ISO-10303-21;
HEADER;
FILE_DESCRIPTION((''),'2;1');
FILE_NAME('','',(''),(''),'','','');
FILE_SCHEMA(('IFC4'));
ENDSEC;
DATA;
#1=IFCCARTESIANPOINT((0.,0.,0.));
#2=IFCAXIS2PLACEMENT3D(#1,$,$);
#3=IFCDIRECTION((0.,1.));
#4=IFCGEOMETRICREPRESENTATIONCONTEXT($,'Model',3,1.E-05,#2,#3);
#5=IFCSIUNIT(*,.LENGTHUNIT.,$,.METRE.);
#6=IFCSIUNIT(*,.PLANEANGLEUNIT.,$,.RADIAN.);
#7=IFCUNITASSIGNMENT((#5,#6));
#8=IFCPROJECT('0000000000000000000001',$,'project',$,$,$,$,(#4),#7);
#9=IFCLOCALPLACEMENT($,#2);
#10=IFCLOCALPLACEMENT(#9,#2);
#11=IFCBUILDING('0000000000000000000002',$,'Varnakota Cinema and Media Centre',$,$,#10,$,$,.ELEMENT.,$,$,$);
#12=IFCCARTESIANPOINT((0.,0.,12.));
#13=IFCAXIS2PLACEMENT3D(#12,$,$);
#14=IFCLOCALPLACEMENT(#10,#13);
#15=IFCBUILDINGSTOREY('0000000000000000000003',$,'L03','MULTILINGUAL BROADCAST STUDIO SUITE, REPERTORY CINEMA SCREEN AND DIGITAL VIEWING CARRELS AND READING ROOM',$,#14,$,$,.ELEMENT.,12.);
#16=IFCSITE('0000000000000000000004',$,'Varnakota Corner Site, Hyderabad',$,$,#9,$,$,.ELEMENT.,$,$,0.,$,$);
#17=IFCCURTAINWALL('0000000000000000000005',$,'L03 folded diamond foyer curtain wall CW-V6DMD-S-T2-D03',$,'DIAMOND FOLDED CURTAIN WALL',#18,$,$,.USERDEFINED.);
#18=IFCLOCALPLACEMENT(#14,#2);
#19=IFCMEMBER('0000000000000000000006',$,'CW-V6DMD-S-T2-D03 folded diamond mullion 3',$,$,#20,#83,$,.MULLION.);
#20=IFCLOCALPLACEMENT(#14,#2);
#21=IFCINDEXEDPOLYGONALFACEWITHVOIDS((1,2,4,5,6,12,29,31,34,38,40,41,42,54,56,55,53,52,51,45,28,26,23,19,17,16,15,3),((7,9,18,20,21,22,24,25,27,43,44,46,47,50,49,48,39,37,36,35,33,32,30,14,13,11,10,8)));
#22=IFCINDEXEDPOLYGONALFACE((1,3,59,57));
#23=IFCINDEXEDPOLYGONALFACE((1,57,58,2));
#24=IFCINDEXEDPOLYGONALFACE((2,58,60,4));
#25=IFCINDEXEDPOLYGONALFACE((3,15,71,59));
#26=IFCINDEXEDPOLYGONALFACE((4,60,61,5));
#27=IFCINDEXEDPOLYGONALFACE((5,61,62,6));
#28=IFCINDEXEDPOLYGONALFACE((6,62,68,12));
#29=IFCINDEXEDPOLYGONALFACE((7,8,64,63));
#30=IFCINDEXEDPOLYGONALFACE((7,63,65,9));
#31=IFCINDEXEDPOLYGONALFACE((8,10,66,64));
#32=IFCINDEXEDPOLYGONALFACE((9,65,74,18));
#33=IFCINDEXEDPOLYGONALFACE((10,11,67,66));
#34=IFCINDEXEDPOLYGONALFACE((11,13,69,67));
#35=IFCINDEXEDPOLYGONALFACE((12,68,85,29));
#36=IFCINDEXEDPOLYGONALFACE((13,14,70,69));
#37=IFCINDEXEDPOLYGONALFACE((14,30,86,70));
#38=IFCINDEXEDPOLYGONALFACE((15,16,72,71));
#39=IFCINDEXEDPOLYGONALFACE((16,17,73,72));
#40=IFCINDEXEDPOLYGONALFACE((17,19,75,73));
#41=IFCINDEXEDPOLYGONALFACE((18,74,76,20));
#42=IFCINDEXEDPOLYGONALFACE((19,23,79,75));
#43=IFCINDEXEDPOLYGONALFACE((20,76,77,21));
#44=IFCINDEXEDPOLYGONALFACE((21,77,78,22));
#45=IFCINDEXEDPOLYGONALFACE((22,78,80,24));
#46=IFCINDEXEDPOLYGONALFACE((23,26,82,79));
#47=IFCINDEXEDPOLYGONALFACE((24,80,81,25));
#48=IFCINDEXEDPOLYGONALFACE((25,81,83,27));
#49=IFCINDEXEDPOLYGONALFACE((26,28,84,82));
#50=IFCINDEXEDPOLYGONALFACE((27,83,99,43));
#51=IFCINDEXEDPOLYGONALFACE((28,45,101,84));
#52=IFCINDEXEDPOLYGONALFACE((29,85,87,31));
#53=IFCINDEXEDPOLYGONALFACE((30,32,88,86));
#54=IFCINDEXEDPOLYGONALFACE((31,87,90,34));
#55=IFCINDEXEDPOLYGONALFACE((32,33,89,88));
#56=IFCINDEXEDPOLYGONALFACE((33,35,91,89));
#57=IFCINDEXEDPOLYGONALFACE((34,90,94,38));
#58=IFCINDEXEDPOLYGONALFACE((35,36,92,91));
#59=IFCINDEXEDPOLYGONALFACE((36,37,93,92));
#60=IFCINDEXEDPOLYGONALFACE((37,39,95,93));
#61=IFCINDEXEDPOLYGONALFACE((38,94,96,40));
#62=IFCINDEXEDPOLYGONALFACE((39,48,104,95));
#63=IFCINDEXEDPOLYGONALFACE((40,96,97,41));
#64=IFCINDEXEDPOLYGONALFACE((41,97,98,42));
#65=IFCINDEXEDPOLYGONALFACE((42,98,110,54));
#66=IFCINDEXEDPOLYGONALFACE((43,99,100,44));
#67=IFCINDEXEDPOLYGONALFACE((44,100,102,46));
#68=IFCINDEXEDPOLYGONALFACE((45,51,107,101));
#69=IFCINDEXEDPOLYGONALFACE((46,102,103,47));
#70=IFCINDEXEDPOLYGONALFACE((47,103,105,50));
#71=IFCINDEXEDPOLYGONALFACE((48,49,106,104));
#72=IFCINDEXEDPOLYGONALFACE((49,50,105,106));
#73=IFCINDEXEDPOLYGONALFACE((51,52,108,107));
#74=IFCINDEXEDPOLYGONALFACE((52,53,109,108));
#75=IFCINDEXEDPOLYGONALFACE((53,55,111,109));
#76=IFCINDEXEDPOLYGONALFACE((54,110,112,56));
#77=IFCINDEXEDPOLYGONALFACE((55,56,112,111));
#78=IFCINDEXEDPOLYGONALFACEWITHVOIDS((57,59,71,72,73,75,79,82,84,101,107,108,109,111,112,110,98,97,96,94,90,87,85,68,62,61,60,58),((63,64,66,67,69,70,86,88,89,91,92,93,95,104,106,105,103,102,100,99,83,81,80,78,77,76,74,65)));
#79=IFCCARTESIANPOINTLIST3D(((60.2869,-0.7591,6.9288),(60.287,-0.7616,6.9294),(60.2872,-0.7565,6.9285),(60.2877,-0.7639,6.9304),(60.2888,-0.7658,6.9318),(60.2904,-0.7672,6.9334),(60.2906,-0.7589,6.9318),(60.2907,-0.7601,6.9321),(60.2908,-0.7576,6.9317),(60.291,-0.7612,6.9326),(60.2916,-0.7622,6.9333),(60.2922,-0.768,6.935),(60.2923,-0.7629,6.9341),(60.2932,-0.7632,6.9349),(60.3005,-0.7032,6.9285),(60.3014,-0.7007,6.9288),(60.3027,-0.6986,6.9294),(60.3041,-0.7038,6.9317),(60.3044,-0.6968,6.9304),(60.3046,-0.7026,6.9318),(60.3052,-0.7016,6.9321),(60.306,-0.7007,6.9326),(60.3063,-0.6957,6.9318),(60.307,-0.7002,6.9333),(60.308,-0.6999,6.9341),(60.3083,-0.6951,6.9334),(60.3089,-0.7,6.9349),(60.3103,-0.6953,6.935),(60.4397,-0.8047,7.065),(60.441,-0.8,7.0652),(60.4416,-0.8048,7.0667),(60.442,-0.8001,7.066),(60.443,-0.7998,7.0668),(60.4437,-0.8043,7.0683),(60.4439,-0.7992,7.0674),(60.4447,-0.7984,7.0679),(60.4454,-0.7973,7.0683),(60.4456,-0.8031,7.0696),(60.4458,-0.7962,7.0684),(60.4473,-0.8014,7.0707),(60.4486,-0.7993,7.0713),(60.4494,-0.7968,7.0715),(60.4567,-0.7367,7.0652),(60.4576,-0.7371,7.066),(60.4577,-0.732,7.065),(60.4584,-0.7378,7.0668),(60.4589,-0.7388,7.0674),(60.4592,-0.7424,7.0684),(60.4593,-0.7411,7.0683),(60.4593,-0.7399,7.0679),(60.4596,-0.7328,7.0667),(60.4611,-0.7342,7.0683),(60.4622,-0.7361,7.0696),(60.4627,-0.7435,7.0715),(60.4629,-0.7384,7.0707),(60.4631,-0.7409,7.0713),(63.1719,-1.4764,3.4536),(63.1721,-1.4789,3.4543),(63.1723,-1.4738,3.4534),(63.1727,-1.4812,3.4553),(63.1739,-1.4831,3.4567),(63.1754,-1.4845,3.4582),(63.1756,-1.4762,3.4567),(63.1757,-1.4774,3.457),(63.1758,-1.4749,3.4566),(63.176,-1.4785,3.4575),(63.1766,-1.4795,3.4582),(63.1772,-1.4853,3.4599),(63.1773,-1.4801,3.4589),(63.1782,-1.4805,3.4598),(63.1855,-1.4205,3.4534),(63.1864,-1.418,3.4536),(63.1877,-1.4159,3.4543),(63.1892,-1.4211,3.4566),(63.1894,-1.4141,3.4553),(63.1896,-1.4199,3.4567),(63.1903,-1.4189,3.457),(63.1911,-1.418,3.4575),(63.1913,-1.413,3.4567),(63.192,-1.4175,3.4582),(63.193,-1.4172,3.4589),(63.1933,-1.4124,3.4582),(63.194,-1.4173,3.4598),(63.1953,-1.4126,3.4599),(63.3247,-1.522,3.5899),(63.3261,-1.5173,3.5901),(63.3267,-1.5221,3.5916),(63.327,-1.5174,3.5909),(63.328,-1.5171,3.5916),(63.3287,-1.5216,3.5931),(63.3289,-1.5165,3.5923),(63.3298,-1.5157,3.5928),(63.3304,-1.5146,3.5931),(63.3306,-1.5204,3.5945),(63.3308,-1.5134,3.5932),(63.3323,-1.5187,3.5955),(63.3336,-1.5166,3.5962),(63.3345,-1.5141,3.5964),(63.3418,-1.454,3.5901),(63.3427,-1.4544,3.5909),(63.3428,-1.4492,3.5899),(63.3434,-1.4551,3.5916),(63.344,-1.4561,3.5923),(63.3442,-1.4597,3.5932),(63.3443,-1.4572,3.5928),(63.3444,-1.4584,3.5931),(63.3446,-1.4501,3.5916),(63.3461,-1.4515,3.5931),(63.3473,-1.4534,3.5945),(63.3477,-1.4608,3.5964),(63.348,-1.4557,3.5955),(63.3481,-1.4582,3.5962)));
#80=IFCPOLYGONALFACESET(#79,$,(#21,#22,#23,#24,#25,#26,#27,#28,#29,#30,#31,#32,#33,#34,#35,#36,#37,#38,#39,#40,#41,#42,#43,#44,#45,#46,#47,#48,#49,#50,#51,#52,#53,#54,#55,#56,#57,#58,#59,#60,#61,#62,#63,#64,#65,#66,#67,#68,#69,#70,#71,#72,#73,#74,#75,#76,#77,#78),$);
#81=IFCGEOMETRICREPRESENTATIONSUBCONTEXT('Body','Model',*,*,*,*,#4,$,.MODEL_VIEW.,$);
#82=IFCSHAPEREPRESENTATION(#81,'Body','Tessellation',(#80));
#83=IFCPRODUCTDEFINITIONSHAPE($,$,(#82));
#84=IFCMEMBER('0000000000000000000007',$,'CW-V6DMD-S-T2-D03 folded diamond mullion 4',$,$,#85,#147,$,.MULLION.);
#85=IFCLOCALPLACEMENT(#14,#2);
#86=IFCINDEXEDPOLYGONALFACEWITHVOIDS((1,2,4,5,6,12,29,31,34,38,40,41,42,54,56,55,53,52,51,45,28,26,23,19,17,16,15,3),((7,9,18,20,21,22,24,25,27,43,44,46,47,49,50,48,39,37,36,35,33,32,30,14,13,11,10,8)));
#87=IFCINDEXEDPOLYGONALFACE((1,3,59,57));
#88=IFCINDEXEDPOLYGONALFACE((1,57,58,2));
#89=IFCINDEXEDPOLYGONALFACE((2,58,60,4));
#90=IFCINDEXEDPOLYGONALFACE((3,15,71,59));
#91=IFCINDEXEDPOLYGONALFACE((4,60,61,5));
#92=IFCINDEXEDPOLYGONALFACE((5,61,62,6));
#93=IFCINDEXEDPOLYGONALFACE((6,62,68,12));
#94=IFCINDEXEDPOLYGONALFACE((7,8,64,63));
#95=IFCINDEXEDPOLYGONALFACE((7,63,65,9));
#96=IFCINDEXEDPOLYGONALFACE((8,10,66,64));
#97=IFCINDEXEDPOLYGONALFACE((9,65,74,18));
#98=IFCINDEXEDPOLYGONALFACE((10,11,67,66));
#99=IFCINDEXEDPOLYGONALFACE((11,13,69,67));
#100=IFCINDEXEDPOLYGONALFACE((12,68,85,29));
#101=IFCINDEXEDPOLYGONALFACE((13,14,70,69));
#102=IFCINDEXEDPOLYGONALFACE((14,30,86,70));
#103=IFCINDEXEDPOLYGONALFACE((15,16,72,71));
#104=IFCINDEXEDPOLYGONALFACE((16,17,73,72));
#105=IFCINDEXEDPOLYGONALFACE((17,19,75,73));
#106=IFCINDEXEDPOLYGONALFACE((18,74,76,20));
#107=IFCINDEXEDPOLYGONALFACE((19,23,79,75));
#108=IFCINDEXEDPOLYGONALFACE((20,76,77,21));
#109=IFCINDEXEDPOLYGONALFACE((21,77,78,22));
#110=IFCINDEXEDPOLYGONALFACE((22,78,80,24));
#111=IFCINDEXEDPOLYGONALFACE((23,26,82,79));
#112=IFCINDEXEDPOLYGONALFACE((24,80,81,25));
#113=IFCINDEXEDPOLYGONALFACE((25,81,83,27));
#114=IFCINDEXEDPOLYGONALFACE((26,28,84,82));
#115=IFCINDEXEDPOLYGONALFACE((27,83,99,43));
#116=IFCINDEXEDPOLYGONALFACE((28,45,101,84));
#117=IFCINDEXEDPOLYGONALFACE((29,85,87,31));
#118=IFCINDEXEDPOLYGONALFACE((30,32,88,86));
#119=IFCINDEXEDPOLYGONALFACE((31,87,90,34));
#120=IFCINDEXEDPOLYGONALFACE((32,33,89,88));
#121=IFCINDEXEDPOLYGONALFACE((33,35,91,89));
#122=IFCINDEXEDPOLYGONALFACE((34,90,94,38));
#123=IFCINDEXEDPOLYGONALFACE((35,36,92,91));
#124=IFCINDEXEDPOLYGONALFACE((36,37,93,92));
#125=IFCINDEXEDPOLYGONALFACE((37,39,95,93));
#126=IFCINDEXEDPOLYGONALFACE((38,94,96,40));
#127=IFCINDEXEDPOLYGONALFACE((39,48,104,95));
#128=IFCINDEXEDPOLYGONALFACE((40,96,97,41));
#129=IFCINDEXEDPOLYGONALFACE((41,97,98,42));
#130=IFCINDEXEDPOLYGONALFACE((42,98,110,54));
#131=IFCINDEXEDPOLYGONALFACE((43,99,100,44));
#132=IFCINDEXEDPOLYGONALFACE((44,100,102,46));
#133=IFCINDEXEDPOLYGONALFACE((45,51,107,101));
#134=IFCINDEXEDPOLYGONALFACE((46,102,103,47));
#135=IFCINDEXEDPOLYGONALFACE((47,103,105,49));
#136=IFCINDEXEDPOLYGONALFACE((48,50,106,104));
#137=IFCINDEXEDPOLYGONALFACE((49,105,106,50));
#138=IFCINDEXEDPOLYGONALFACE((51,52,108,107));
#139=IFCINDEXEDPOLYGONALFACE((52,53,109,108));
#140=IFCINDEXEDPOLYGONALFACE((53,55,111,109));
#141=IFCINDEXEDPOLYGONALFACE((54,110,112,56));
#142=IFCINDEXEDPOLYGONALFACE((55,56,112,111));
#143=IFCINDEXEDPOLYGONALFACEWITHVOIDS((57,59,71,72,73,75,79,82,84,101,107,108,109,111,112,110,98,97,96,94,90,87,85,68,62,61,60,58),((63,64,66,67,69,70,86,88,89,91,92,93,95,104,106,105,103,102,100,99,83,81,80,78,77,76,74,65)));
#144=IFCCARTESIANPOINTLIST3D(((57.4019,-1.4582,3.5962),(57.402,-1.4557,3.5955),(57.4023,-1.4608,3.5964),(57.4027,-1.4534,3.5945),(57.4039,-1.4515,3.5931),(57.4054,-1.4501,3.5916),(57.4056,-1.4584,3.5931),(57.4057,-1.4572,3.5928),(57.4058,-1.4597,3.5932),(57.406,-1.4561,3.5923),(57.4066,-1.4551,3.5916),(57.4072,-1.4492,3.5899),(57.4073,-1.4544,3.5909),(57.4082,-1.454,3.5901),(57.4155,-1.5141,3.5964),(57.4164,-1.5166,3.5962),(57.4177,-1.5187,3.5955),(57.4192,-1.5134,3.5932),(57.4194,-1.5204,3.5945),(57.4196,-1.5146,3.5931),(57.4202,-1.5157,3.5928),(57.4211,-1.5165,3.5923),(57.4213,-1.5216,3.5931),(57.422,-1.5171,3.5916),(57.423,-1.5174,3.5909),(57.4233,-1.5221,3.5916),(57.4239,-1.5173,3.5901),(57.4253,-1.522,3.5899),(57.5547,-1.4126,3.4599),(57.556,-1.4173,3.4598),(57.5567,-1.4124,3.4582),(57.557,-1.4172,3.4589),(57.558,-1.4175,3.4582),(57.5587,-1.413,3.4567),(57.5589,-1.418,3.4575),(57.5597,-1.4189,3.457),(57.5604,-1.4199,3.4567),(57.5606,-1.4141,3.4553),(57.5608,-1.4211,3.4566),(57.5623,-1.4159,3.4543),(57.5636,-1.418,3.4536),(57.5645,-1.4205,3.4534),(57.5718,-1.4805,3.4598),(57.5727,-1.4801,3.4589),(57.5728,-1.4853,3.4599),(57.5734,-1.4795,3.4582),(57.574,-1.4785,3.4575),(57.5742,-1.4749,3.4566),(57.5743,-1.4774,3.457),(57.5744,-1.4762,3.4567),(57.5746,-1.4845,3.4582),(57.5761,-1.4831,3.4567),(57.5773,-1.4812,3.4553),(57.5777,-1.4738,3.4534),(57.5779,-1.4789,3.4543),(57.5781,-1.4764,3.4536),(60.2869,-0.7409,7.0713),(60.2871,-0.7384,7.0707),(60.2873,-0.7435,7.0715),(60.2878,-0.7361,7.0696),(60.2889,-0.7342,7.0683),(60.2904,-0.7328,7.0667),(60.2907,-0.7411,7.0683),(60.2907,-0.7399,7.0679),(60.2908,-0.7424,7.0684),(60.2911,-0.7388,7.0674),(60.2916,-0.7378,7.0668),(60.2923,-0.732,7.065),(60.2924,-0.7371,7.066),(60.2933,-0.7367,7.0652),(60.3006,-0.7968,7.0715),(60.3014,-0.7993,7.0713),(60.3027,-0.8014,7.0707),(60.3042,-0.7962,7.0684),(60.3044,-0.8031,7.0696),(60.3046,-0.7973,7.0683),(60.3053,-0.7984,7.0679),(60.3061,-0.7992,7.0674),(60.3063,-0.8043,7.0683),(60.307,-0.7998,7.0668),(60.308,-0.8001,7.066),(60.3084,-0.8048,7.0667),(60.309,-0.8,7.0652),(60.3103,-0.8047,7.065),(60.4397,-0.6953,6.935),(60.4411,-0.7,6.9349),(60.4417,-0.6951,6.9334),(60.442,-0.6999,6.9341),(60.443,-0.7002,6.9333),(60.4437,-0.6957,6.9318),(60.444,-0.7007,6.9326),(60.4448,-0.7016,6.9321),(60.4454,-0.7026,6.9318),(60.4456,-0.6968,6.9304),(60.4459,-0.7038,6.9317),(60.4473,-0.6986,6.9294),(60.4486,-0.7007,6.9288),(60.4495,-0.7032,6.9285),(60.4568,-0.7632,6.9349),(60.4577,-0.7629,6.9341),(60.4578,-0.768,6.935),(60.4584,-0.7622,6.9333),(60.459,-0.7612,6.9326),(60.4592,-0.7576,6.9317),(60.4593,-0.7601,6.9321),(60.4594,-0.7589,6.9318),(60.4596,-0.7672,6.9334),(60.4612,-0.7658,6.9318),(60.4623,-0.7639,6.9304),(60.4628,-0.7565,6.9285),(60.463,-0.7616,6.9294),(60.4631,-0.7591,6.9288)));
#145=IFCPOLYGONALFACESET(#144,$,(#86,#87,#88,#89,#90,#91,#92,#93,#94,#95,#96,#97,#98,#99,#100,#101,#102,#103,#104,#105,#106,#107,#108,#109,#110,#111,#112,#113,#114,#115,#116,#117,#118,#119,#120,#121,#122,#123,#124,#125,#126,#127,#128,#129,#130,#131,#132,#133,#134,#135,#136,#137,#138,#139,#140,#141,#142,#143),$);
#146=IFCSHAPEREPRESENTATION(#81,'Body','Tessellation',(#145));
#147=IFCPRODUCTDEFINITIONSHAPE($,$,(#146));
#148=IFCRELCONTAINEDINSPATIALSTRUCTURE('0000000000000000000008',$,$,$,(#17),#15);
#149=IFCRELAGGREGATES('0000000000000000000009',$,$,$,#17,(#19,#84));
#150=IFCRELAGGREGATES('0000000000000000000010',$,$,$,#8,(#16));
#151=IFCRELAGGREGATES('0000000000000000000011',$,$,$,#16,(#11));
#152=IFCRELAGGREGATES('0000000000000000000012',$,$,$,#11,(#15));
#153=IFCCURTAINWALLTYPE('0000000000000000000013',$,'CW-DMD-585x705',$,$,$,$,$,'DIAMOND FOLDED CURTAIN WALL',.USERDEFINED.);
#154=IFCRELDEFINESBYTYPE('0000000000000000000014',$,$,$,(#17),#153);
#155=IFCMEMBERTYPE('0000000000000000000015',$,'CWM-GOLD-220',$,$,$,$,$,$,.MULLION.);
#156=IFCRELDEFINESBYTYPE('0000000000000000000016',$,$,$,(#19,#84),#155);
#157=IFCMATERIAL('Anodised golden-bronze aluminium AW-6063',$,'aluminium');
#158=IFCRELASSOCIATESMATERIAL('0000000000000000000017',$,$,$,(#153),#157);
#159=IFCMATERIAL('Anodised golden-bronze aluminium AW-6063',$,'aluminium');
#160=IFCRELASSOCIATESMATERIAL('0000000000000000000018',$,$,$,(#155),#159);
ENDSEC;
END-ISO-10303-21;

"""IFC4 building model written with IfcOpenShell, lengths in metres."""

from ifc_helpers import new_model, si_unit, direction, frame, origin, origin_2d, place, context, subcontext, project, spatial, hollow_rectangle, extrude, material, material_profile, profile_set, type_object, element, aggregate, save


model = new_model("IFC4")

# Units and contexts
model_context = context("Model", 3, precision=1e-05, world=origin(), true_north=direction((0.0, 1.0)))
body_context = subcontext(model_context, "Body", "Model", "MODEL_VIEW")
ifc_project = project(units=[si_unit("LENGTHUNIT", "METRE"), si_unit("PLANEANGLEUNIT", "RADIAN")], contexts=[model_context])

# Site, building, storey
site_placement = place(None, origin())
site = spatial("IfcSite", under=ifc_project, at=site_placement, Name="Varnakota Corner Site, Hyderabad", CompositionType="ELEMENT", RefElevation=0.0)
building_placement = place(site_placement, origin())
building = spatial("IfcBuilding", under=site, at=building_placement, Name="Varnakota Cinema and Media Centre", CompositionType="ELEMENT")
storey_placement = place(building_placement, frame((0.0, 0.0, 12.0)))
storey = spatial("IfcBuildingStorey", under=building, at=storey_placement, Name="L03", Description="MULTILINGUAL BROADCAST STUDIO SUITE, REPERTORY CINEMA SCREEN AND DIGITAL VIEWING CARRELS AND READING ROOM", CompositionType="ELEMENT", Elevation=12.0)

# Curtain wall, members
ifc_material_1 = material(Name="Anodised golden-bronze aluminium AW-6063", Category="aluminium")
curtain_wall_type = type_object("IfcCurtainWallType", Name="CW-DMD-585x705", ElementType="DIAMOND FOLDED CURTAIN WALL", PredefinedType="USERDEFINED", material=ifc_material_1)
ifc_material_2 = material(Name="Anodised golden-bronze aluminium AW-6063", Category="aluminium")
ifc_material_profile_1 = material_profile(ifc_material_2, hollow_rectangle(XDim=0.075, YDim=0.22, WallThickness=0.0049, InnerFilletRadius=0.0049, OuterFilletRadius=0.01, at=origin_2d()), Name="AL-MULLION 220x75x5")
ifc_profile_set_1 = profile_set([ifc_material_profile_1], Name="Anodised golden-bronze aluminium AW-6063")
member_type_1 = type_object("IfcMemberType", Name="CWM-GOLD-220", PredefinedType="MULLION", material=ifc_profile_set_1)
curtain_wall_1_placement = place(storey_placement, origin())
curtain_wall_1 = element("IfcCurtainWall", 1, at=curtain_wall_1_placement, inside=storey, type_object=curtain_wall_type, Name="L03 folded diamond foyer curtain wall CW-V6DMD-S-T2-D03", ObjectType="DIAMOND FOLDED CURTAIN WALL", PredefinedType="USERDEFINED")
member_1_placement = place(storey_placement, frame((63.26, -1.4673, 3.5249), z_axis=(-0.630853, 0.156846, 0.759885), x_axis=(-0.241279, -0.970456, 0.0)))
member_1 = element("IfcMember", 2, at=member_1_placement, type_object=member_type_1, Name="CW-V6DMD-S-T2-D03 folded diamond mullion 3", PredefinedType="MULLION", context=body_context, shape_type="SweptSolid", body=[
    extrude(hollow_rectangle(XDim=0.075, YDim=0.22, WallThickness=0.0049, InnerFilletRadius=0.0049, OuterFilletRadius=0.01, at=origin_2d()), origin(), (0.0, 0.0, 1.0), 4.5732),
])
member_2_placement = place(storey_placement, frame((57.49, -1.4673, 3.5249), z_axis=(0.630853, 0.156846, 0.759885), x_axis=(-0.241279, 0.970456, 0.0)))
member_2 = element("IfcMember", 3, at=member_2_placement, type_object=member_type_1, Name="CW-V6DMD-S-T2-D03 folded diamond mullion 4", PredefinedType="MULLION", context=body_context, shape_type="SweptSolid", body=[
    extrude(hollow_rectangle(XDim=0.075, YDim=0.22, WallThickness=0.0049, InnerFilletRadius=0.0049, OuterFilletRadius=0.01, at=origin_2d()), origin(), (0.0, 0.0, 1.0), 4.5732),
])

aggregate(curtain_wall_1, [member_1, member_2])

save(model, "model.ifc")
